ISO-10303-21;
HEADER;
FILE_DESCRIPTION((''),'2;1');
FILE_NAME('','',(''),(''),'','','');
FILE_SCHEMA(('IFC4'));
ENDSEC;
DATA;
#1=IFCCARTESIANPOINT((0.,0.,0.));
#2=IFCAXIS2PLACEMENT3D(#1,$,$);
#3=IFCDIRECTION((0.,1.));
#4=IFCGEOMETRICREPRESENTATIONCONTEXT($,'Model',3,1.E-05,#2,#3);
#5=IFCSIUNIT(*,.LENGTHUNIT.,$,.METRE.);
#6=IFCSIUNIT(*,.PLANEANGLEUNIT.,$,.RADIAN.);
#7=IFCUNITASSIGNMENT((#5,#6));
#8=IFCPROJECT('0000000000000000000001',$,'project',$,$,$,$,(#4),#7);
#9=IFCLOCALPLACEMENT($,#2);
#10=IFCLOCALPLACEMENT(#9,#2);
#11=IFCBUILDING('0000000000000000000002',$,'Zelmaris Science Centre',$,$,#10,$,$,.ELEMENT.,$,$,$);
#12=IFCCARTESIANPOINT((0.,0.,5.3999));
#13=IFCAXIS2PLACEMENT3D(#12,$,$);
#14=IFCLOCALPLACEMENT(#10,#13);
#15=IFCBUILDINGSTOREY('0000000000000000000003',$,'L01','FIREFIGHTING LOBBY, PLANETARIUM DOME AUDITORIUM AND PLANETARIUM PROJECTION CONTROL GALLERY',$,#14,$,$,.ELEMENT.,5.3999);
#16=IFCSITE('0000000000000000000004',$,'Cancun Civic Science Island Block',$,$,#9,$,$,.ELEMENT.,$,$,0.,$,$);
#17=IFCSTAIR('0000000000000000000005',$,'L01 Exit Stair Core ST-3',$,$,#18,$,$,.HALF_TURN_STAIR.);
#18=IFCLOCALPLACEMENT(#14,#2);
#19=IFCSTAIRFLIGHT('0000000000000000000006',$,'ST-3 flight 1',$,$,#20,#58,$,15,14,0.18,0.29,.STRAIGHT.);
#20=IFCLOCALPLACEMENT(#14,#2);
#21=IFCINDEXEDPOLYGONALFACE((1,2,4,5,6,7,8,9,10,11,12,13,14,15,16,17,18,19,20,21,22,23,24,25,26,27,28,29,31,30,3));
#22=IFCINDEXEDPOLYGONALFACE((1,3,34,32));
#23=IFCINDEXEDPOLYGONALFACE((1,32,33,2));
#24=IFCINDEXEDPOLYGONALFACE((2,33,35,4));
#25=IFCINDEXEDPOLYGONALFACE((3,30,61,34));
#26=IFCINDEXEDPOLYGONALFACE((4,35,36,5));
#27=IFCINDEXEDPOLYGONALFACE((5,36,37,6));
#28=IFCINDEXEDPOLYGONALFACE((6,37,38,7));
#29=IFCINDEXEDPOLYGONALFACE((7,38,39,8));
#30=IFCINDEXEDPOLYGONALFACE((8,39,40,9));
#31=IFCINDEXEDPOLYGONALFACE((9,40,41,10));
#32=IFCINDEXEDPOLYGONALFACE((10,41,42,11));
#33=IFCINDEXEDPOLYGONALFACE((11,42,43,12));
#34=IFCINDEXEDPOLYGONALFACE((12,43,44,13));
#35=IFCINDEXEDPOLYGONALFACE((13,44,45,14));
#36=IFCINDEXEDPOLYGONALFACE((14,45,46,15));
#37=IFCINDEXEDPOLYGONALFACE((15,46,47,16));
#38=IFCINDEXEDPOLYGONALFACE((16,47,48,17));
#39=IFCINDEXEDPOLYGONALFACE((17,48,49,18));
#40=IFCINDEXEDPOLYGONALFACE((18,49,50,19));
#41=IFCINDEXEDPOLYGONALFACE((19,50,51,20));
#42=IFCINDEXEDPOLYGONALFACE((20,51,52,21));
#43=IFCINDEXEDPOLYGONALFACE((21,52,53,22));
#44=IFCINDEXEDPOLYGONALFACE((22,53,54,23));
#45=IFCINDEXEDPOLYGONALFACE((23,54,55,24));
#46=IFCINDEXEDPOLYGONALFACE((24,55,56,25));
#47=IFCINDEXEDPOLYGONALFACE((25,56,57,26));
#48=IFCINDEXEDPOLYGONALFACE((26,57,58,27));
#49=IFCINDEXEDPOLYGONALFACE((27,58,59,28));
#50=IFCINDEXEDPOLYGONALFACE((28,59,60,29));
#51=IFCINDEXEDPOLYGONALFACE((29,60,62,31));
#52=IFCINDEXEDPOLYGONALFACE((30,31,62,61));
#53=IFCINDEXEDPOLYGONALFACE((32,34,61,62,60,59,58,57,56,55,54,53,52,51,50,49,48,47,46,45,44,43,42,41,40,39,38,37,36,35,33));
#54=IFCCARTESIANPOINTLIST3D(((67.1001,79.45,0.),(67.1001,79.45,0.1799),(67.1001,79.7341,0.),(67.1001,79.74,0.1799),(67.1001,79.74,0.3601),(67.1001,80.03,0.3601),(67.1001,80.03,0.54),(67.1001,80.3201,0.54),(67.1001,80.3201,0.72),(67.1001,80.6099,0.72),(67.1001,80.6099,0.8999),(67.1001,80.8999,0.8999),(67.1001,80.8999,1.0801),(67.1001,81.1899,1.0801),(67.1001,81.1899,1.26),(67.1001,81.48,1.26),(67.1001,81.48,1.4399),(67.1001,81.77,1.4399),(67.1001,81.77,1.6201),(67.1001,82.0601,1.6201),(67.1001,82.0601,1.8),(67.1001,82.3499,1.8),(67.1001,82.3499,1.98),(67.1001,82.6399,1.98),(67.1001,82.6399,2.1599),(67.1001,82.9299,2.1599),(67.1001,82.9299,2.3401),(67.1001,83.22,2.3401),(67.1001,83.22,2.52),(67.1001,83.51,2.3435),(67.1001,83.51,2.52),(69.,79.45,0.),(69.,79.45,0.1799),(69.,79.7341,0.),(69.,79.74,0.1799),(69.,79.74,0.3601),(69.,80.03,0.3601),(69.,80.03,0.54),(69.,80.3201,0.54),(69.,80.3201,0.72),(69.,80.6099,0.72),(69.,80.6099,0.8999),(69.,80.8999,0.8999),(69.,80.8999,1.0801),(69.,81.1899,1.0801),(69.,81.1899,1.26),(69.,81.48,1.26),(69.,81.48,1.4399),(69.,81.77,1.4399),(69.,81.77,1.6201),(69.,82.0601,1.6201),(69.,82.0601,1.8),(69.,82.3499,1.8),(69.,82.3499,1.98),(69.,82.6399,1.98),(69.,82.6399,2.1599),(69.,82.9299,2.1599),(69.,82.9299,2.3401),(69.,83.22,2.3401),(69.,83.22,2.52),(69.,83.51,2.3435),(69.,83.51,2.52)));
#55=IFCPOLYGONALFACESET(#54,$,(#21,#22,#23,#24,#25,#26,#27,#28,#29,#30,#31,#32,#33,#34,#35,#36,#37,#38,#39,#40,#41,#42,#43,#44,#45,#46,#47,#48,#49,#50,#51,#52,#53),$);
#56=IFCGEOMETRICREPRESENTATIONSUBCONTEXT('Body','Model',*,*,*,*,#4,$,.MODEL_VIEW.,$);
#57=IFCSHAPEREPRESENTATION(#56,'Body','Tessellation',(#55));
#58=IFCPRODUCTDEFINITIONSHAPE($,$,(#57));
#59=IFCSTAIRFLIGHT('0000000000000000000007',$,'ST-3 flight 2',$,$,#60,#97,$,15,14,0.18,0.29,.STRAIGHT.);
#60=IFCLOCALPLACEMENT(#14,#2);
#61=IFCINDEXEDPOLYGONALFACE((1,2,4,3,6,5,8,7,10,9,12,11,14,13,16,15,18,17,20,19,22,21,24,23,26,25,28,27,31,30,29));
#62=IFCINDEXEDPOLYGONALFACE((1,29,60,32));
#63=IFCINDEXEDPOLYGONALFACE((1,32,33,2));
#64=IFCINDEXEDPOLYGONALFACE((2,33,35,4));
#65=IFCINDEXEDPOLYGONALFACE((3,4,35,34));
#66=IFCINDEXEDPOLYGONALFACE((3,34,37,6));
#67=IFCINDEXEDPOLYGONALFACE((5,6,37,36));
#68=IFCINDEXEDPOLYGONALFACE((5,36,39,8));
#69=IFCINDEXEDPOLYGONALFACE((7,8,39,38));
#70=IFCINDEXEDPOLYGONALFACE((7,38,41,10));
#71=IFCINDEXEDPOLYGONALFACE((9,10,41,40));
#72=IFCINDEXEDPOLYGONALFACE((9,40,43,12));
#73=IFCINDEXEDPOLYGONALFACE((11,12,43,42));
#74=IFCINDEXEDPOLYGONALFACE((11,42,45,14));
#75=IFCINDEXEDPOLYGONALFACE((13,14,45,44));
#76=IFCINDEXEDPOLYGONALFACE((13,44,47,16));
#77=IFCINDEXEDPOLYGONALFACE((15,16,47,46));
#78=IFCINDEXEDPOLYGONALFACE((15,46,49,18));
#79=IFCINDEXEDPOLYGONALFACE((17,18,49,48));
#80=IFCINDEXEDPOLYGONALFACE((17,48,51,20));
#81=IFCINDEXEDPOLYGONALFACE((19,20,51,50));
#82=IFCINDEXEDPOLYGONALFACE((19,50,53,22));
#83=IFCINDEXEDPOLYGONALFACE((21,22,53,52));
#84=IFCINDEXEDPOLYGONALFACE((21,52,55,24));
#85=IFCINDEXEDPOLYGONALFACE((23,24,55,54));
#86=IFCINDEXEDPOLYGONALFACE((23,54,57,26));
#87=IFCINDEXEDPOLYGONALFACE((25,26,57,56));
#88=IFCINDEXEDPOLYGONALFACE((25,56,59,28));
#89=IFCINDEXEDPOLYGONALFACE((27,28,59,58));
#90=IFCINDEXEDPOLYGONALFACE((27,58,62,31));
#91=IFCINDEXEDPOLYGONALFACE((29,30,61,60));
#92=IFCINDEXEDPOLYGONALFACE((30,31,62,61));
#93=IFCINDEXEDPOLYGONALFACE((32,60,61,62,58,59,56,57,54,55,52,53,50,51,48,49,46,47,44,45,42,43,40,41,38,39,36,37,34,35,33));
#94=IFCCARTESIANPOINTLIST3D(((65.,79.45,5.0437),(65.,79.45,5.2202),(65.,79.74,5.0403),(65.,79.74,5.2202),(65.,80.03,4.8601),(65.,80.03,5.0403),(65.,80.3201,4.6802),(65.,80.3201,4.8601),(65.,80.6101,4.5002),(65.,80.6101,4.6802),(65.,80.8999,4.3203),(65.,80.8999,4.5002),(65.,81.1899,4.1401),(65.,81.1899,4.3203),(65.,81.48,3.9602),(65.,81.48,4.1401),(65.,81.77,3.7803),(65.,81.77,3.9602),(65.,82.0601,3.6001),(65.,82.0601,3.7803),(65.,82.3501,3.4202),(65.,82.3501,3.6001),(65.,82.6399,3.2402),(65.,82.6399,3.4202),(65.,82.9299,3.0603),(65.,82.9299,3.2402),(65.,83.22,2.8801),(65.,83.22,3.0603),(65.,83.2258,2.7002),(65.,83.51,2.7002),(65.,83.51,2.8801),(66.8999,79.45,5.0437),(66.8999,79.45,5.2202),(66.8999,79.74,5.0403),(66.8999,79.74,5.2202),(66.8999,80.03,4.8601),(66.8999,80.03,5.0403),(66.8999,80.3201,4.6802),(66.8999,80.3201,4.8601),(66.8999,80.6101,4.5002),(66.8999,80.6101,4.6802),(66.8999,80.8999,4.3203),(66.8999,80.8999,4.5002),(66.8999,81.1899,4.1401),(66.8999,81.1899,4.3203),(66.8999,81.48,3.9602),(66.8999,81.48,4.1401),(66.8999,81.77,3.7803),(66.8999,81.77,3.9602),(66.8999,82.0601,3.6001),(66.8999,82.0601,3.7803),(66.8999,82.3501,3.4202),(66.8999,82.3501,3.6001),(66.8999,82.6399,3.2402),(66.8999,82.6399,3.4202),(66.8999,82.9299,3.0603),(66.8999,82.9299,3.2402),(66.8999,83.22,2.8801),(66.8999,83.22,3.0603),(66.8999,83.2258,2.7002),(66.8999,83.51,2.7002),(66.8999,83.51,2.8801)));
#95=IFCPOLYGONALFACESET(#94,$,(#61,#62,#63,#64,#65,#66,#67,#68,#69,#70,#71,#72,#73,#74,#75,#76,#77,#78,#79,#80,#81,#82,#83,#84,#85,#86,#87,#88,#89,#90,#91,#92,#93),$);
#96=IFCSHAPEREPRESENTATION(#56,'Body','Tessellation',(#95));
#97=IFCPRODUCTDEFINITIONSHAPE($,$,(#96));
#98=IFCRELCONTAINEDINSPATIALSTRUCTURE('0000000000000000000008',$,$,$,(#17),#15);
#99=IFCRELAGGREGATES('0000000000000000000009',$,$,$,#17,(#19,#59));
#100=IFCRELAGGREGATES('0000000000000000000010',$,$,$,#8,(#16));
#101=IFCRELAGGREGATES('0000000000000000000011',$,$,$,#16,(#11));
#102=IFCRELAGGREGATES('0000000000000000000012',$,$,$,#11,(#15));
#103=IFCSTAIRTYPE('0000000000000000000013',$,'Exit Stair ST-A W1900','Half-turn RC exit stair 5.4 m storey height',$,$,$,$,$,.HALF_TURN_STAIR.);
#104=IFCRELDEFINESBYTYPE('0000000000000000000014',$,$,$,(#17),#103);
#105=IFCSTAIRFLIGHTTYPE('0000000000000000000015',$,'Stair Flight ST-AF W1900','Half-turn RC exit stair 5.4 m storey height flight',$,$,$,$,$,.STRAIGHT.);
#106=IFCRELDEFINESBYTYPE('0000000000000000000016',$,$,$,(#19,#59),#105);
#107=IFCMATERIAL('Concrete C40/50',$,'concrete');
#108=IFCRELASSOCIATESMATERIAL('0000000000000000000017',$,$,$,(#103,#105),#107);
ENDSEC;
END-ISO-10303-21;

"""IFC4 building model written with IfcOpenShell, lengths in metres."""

from ifc_helpers import new_model, si_unit, direction, frame, origin, place, context, subcontext, project, spatial, polyline, outline, extrude, material, type_object, element, aggregate, save


model = new_model("IFC4")

# Units and contexts
model_context = context("Model", 3, precision=1e-05, world=origin(), true_north=direction((0.0, 1.0)))
body_context = subcontext(model_context, "Body", "Model", "MODEL_VIEW")
ifc_project = project(units=[si_unit("LENGTHUNIT", "METRE"), si_unit("PLANEANGLEUNIT", "RADIAN")], contexts=[model_context])

# Site, building, storey
site_placement = place(None, origin())
site = spatial("IfcSite", under=ifc_project, at=site_placement, Name="Cancun Civic Science Island Block", CompositionType="ELEMENT", RefElevation=0.0)
building_placement = place(site_placement, origin())
building = spatial("IfcBuilding", under=site, at=building_placement, Name="Zelmaris Science Centre", CompositionType="ELEMENT")
storey_placement = place(building_placement, frame((0.0, 0.0, 5.3999)))
storey = spatial("IfcBuildingStorey", under=building, at=storey_placement, Name="L01", Description="FIREFIGHTING LOBBY, PLANETARIUM DOME AUDITORIUM AND PLANETARIUM PROJECTION CONTROL GALLERY", CompositionType="ELEMENT", Elevation=5.3999)

# Shared definitions
ifc_material_1 = material(Name="Concrete C40/50", Category="concrete")

# Stair, stair flights
stair_type = type_object("IfcStairType", Name="Exit Stair ST-A W1900", Description="Half-turn RC exit stair 5.4 m storey height", PredefinedType="HALF_TURN_STAIR", material=ifc_material_1)
stair_placement = place(storey_placement, origin())
stair = element("IfcStair", 1, at=stair_placement, inside=storey, type_object=stair_type, Name="L01 Exit Stair Core ST-3", PredefinedType="HALF_TURN_STAIR")
stair_flight_type = type_object("IfcStairFlightType", Name="Stair Flight ST-AF W1900", Description="Half-turn RC exit stair 5.4 m storey height flight", PredefinedType="STRAIGHT", material=ifc_material_1)
stair_flight_1_placement = place(storey_placement, frame((68.05, 79.45, 0.0), z_axis=(0.0, 0.0, 1.0), x_axis=(0.0, 1.0, 0.0)))
stair_flight_1 = element("IfcStairFlight", 2, at=stair_flight_1_placement, type_object=stair_flight_type, Name="ST-3 flight 1", NumberOfRisers=15, NumberOfTreads=14, PredefinedType="STRAIGHT", RiserHeight=0.18, TreadLength=0.29, context=body_context, shape_type="SweptSolid", body=[
    extrude(outline(polyline([(0.0, 0.0), (0.0, 0.1799), (0.29, 0.1799), (0.29, 0.3601), (0.5801, 0.3601), (0.5801, 0.54), (0.8701, 0.54), (0.8701, 0.72), (1.1599, 0.72), (1.1599, 0.8999), (1.45, 0.8999), (1.45, 1.0801), (1.74, 1.0801), (1.74, 1.26), (2.03, 1.26), (2.03, 1.4399), (2.3201, 1.4399), (2.3201, 1.6201), (2.6101, 1.6201), (2.6101, 1.8), (2.8999, 1.8), (2.8999, 1.98), (3.1899, 1.98), (3.1899, 2.1599), (3.48, 2.1599), (3.48, 2.3401), (3.77, 2.3401), (3.77, 2.52), (4.0601, 2.52), (4.0601, 2.7), (4.0601, 2.3435), (0.2842, 0.0), (0.0, 0.0)])), frame((0.0, 0.95, 0.0), z_axis=(0.0, -1.0, 0.0), x_axis=(1.0, 0.0, 0.0)), (0.0, 0.0, 1.0), 1.8999),
])
stair_flight_2_placement = place(storey_placement, frame((65.95, 83.51, 2.7002), z_axis=(0.0, 0.0, 1.0), x_axis=(0.0, -1.0, 0.0)))
stair_flight_2 = element("IfcStairFlight", 3, at=stair_flight_2_placement, type_object=stair_flight_type, Name="ST-3 flight 2", NumberOfRisers=15, NumberOfTreads=14, PredefinedType="STRAIGHT", RiserHeight=0.18, TreadLength=0.29, context=body_context, shape_type="SweptSolid", body=[
    extrude(outline(polyline([(0.0, 0.0), (0.0, 0.1799), (0.29, 0.1799), (0.29, 0.3601), (0.5801, 0.3601), (0.5801, 0.54), (0.8701, 0.54), (0.8701, 0.72), (1.1599, 0.72), (1.1599, 0.8999), (1.45, 0.8999), (1.45, 1.0801), (1.74, 1.0801), (1.74, 1.26), (2.03, 1.26), (2.03, 1.4399), (2.3201, 1.4399), (2.3201, 1.6201), (2.6101, 1.6201), (2.6101, 1.8), (2.8999, 1.8), (2.8999, 1.98), (3.1899, 1.98), (3.1899, 2.1599), (3.48, 2.1599), (3.48, 2.3401), (3.77, 2.3401), (3.77, 2.52), (4.0601, 2.52), (4.0601, 2.7), (4.0601, 2.3435), (0.2842, 0.0), (0.0, 0.0)])), frame((0.0, 0.95, 0.0), z_axis=(0.0, -1.0, 0.0), x_axis=(1.0, 0.0, 0.0)), (0.0, 0.0, 1.0), 1.8999),
])
aggregate(stair, [stair_flight_1, stair_flight_2])

save(model, "model.ifc")
